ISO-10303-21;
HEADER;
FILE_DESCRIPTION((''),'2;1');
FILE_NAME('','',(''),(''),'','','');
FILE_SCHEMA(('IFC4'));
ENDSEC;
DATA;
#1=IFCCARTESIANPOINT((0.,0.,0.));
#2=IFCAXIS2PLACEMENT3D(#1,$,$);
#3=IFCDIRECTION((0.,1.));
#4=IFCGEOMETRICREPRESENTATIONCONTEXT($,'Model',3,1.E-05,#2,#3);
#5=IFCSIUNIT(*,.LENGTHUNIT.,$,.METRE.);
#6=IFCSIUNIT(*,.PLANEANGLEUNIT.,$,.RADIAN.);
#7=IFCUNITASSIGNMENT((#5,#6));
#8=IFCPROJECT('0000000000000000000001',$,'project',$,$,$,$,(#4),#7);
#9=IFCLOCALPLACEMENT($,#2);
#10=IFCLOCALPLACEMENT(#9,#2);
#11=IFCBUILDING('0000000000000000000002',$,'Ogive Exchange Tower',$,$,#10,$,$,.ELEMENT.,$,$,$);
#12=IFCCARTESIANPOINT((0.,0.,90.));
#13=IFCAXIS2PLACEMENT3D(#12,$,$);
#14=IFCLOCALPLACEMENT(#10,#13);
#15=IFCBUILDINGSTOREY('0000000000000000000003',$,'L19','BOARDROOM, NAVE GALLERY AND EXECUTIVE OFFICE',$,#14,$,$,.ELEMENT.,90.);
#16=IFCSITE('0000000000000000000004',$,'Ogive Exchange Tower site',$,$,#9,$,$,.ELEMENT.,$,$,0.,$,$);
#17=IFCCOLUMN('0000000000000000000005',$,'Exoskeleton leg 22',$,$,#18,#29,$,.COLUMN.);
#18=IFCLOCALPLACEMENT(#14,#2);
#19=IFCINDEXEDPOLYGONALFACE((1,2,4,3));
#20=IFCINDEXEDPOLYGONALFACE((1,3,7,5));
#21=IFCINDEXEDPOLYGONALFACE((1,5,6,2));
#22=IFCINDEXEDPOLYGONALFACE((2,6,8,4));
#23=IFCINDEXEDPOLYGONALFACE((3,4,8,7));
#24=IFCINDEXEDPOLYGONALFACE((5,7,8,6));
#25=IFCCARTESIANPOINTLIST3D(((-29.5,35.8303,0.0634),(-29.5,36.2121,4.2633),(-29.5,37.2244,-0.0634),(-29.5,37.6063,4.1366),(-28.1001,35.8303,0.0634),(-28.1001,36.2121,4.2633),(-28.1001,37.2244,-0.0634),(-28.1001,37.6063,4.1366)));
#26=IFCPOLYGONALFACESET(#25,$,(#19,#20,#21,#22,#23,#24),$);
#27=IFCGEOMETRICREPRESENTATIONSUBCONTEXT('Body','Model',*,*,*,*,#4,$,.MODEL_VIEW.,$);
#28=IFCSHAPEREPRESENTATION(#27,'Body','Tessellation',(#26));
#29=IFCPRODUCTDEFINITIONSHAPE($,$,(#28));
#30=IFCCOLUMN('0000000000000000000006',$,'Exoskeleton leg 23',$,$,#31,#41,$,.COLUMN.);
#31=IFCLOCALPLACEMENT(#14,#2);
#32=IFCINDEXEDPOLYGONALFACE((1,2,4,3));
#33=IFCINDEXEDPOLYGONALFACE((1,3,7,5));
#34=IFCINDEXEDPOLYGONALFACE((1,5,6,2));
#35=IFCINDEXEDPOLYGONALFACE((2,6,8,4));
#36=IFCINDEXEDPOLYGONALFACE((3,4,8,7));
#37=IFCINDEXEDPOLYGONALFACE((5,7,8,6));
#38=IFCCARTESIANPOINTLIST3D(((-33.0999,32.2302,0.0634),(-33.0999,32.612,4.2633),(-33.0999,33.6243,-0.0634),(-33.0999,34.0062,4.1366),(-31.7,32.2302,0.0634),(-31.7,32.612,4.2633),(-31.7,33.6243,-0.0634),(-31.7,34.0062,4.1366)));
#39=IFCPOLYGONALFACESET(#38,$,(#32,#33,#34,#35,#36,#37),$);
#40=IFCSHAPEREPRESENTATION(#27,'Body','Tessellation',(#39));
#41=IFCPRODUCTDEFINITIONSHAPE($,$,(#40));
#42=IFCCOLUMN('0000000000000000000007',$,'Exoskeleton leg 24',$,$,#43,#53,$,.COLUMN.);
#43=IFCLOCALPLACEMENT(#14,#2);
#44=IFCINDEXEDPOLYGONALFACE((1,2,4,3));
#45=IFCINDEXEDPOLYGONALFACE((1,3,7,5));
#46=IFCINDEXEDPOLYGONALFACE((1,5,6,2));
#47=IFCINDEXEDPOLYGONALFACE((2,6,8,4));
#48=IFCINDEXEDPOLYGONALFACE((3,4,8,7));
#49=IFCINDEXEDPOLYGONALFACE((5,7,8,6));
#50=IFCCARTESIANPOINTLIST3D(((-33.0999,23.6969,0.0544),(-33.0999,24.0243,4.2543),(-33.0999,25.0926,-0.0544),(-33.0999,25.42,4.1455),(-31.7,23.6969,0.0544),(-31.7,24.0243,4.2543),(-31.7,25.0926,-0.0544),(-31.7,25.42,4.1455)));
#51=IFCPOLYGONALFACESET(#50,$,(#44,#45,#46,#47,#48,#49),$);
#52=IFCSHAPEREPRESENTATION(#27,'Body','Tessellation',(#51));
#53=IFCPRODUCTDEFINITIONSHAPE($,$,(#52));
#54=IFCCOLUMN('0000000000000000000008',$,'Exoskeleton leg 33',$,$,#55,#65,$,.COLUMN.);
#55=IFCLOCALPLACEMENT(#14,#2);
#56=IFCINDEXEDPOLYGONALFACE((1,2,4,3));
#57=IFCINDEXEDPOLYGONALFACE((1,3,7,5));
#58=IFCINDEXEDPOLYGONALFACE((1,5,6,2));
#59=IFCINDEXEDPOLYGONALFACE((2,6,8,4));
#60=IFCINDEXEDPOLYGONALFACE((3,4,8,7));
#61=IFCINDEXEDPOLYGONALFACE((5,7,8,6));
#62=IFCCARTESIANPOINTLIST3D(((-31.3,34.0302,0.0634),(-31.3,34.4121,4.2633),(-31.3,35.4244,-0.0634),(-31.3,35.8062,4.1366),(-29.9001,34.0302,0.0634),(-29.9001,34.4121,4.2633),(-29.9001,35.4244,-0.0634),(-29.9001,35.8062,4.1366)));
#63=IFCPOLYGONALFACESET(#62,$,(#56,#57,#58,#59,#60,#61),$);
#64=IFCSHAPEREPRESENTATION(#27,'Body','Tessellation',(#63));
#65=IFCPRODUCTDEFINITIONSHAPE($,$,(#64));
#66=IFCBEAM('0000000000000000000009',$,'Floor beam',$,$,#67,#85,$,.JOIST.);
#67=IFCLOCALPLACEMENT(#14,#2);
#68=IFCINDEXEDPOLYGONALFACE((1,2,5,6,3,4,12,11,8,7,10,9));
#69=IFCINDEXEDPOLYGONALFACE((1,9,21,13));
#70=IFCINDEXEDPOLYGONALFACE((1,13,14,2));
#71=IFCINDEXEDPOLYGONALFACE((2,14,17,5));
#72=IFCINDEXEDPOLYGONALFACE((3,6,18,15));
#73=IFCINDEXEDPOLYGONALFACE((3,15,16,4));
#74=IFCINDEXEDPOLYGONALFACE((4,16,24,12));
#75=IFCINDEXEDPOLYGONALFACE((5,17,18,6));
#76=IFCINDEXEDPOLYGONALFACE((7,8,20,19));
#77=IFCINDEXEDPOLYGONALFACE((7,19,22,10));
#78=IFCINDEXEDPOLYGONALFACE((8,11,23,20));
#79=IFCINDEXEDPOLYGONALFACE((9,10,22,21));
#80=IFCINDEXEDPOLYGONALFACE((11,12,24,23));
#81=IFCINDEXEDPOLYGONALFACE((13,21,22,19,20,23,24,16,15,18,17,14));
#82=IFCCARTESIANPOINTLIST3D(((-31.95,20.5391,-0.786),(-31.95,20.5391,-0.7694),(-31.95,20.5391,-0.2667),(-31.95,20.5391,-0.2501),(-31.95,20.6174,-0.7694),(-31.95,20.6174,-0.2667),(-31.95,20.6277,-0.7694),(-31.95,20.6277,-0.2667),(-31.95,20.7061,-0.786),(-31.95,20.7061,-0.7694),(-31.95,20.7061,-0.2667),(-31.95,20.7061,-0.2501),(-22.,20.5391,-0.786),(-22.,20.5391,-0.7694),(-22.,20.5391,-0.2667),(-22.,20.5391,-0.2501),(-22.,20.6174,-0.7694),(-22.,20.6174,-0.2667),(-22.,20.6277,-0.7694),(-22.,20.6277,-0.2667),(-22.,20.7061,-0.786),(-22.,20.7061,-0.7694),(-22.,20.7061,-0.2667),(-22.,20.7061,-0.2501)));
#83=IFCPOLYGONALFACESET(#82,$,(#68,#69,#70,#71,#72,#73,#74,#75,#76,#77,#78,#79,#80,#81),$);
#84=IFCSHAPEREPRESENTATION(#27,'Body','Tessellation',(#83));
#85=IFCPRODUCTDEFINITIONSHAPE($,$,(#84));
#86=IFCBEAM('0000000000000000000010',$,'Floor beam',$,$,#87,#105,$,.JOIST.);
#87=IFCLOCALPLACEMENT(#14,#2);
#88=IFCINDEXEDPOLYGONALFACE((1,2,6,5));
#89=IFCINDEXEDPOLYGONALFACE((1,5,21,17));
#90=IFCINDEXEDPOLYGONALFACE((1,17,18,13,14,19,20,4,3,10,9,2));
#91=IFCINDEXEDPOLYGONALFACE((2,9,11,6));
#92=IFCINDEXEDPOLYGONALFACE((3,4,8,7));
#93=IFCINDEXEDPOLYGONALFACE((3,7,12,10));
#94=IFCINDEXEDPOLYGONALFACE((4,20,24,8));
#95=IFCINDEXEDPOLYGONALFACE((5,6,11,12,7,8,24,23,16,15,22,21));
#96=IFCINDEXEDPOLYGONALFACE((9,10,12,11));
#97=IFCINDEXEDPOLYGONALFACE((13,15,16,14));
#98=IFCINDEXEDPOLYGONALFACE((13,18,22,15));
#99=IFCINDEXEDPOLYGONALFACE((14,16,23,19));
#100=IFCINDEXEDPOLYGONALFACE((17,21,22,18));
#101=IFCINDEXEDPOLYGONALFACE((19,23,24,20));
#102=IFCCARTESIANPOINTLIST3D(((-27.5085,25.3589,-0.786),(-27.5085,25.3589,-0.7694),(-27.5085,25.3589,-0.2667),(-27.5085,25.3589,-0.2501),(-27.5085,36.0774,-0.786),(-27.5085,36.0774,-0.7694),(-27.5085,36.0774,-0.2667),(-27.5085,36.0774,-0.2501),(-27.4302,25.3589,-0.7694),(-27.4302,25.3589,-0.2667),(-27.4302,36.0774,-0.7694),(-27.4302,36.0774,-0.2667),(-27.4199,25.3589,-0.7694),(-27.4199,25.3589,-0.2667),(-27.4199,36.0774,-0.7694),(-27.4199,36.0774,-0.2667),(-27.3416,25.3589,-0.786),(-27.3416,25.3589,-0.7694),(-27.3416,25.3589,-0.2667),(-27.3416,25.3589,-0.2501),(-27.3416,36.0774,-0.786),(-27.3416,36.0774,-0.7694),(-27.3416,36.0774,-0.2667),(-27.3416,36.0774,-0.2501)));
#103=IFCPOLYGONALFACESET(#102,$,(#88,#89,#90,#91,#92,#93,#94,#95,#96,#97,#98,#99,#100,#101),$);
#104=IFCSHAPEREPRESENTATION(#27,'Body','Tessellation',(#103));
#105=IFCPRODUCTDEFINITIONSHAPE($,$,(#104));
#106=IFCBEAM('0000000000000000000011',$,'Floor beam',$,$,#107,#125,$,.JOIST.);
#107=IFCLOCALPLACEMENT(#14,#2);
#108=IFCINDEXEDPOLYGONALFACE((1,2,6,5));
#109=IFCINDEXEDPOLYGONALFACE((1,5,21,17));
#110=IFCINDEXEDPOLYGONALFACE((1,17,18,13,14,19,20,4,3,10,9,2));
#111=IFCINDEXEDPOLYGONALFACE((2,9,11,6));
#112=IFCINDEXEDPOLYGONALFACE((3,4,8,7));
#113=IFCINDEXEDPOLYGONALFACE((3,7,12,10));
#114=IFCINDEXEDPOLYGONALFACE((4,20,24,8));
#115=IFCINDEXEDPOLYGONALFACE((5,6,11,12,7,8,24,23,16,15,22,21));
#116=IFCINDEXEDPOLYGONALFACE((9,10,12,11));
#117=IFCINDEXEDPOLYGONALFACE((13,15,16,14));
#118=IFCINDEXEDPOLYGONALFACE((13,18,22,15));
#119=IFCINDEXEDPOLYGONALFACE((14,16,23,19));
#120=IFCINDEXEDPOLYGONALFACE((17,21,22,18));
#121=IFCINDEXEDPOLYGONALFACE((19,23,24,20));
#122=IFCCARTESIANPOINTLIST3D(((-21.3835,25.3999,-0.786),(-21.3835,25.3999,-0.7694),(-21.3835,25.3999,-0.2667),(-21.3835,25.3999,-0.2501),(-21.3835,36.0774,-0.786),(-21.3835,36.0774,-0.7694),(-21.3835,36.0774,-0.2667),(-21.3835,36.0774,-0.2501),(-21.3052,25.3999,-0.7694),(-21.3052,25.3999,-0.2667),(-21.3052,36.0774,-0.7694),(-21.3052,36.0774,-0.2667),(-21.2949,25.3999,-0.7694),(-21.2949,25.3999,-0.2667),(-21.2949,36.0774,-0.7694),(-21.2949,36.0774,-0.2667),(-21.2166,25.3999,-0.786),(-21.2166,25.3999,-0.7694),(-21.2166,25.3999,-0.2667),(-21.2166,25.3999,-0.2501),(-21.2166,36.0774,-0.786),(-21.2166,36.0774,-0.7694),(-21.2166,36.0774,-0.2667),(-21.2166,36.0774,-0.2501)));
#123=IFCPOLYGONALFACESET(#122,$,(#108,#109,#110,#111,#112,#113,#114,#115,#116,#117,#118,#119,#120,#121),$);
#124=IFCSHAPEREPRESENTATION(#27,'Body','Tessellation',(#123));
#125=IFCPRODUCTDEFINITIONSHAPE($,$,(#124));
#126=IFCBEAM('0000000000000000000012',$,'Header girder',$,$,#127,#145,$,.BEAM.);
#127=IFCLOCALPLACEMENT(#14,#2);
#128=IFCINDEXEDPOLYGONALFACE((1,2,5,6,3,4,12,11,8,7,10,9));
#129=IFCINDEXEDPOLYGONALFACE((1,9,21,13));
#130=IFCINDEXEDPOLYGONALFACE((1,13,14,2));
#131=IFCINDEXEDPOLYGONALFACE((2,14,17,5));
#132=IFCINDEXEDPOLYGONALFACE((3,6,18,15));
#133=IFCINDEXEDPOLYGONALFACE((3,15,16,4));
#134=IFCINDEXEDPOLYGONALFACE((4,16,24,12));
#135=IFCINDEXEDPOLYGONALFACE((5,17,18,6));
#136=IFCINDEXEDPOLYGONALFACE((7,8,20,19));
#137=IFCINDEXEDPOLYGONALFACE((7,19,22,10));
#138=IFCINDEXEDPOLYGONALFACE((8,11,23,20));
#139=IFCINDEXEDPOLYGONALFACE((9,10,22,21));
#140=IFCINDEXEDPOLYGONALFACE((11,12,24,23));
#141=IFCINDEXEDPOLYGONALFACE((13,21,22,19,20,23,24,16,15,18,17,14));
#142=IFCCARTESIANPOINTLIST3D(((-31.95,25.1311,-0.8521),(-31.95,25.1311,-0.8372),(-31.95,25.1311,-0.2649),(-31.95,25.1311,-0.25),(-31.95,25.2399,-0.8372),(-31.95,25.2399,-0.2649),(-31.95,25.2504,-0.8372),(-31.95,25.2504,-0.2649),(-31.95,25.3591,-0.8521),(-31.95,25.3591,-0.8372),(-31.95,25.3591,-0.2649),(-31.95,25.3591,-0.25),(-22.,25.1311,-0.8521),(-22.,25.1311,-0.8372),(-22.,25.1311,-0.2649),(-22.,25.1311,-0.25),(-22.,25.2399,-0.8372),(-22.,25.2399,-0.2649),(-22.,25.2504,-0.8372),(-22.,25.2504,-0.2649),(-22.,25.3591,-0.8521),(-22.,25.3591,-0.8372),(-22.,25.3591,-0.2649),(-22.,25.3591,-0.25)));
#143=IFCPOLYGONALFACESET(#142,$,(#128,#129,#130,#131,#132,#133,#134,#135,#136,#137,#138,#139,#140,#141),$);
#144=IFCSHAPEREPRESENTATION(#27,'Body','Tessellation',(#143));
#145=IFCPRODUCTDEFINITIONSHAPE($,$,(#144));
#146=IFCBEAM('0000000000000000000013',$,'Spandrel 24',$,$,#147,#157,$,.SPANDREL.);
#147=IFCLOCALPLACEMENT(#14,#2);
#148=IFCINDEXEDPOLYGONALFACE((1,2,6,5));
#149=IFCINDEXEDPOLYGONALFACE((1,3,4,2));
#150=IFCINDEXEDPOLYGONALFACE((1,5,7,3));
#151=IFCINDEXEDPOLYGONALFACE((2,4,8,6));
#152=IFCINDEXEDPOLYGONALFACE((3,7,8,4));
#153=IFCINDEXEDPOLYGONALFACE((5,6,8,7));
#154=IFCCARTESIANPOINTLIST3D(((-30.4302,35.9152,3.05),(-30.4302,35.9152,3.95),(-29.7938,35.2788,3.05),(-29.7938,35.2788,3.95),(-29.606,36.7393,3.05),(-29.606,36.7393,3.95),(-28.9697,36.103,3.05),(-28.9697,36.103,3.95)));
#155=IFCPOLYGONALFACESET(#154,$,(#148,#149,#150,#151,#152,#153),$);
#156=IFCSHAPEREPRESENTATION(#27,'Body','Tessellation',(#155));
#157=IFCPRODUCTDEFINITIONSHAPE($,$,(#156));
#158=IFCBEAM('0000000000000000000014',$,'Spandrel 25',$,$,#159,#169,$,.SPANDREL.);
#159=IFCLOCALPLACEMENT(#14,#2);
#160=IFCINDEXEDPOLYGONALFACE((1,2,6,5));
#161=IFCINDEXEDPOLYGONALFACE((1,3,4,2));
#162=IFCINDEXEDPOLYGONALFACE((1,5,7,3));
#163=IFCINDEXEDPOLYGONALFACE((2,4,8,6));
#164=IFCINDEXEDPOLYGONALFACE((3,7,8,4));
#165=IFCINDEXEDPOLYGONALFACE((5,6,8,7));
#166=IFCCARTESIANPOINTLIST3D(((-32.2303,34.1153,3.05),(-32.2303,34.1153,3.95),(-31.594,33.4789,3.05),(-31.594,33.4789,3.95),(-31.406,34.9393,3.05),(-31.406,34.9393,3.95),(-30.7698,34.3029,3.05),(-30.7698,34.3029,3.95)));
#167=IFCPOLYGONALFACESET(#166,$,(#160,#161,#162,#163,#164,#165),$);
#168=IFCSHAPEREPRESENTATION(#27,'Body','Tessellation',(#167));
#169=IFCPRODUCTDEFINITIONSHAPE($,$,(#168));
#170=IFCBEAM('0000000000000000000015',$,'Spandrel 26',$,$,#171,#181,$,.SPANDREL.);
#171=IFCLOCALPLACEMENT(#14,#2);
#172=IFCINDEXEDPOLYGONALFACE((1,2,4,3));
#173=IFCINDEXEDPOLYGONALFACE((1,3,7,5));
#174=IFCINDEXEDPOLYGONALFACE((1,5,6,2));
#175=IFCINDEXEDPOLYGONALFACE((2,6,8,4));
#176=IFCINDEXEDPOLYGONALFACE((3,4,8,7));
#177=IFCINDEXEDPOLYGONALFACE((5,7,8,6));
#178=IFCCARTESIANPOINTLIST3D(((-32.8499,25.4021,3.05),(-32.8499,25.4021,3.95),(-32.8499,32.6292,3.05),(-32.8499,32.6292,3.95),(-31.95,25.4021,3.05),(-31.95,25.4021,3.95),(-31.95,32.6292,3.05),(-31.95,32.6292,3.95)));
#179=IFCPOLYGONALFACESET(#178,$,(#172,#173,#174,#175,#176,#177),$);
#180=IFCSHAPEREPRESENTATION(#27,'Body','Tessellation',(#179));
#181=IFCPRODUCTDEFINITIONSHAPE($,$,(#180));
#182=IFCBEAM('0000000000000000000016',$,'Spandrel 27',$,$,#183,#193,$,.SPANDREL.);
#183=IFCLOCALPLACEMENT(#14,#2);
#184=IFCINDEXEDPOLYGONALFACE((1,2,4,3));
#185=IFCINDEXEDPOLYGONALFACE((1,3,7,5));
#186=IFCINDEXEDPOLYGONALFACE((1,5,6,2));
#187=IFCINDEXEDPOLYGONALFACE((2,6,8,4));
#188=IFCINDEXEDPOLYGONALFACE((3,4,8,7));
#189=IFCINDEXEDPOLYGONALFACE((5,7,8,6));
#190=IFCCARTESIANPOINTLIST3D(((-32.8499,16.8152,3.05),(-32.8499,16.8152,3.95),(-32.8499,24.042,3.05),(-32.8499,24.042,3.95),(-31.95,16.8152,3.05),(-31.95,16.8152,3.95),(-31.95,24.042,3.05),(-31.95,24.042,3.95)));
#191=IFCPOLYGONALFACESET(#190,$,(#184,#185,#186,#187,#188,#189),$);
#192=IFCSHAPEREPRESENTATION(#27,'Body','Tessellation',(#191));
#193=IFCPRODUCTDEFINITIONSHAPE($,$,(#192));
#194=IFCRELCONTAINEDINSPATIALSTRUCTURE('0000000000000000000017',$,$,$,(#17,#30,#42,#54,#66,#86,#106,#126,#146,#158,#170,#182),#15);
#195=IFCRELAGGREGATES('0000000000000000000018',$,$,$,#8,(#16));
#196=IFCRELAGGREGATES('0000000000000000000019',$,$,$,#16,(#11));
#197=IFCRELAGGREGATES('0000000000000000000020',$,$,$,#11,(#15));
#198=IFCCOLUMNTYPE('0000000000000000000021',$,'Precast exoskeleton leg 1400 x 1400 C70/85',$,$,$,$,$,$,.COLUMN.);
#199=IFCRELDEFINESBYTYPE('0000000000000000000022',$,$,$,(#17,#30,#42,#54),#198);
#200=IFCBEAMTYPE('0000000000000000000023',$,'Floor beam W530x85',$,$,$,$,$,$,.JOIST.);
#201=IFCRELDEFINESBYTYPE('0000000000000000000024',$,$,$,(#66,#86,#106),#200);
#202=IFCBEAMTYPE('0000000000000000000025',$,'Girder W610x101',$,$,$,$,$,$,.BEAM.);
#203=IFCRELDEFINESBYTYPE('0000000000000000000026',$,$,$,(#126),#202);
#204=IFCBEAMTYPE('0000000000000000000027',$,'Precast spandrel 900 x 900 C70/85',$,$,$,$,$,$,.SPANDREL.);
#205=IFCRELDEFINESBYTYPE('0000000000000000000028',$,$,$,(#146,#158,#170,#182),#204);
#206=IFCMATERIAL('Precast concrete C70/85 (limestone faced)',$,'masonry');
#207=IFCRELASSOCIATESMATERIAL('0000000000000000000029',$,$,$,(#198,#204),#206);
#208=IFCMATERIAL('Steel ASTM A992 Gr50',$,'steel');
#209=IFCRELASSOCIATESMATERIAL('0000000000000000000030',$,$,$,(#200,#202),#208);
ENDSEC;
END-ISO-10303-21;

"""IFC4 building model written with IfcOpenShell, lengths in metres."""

from ifc_helpers import new_model, si_unit, direction, frame, origin, origin_2d, place, context, subcontext, project, spatial, rectangle, i_section, extrude, material, material_profile, profile_set, type_object, element, save


model = new_model("IFC4")

# Units and contexts
model_context = context("Model", 3, precision=1e-05, world=origin(), true_north=direction((0.0, 1.0)))
body_context = subcontext(model_context, "Body", "Model", "MODEL_VIEW")
ifc_project = project(units=[si_unit("LENGTHUNIT", "METRE"), si_unit("PLANEANGLEUNIT", "RADIAN")], contexts=[model_context])

# Site, building, storey
site_placement = place(None, origin())
site = spatial("IfcSite", under=ifc_project, at=site_placement, Name="Ogive Exchange Tower site", CompositionType="ELEMENT", RefElevation=0.0)
building_placement = place(site_placement, origin())
building = spatial("IfcBuilding", under=site, at=building_placement, Name="Ogive Exchange Tower", CompositionType="ELEMENT")
storey_placement = place(building_placement, frame((0.0, 0.0, 90.0)))
storey = spatial("IfcBuildingStorey", under=building, at=storey_placement, Name="L19", Description="BOARDROOM, NAVE GALLERY AND EXECUTIVE OFFICE", CompositionType="ELEMENT", Elevation=90.0)

# Columns
ifc_material_1 = material(Name="Precast concrete C70/85 (limestone faced)", Category="masonry")
ifc_material_profile_1 = material_profile(ifc_material_1, rectangle(XDim=1.3999, YDim=1.3999, at=origin_2d()), Name="1400 x 1400")
ifc_profile_set_1 = profile_set([ifc_material_profile_1], Name="Precast concrete C70/85 (limestone faced)")
column_type = type_object("IfcColumnType", Name="Precast exoskeleton leg 1400 x 1400 C70/85", PredefinedType="COLUMN", material=ifc_profile_set_1)
for number, where, z_axis, x_axis, name in (
    (1, (-28.8, 36.5273, 0.0), (0.0, 0.090541, 0.995893), (-1.0, 0.0, 0.0), "Exoskeleton leg 22"),
    (2, (-32.3999, 32.9272, 0.0), (0.0, 0.090541, 0.995893), (-1.0, 0.0, 0.0), "Exoskeleton leg 23"),
):
    element("IfcColumn", number, at=place(storey_placement, frame(where, z_axis=z_axis, x_axis=x_axis)), inside=storey, type_object=column_type, Name=name, PredefinedType="COLUMN", context=body_context, shape_type="SweptSolid", body=[
        extrude(rectangle(XDim=1.3999, YDim=1.3999, at=origin_2d()), origin(), (0.0, 0.0, 1.0), 4.2173),
    ])
column_1_placement = place(storey_placement, frame((-32.3999, 24.3948, 0.0), z_axis=(0.0, 0.077716, 0.996976), x_axis=(-1.0, 0.0, 0.0)))
element("IfcColumn", 3, at=column_1_placement, inside=storey, type_object=column_type, Name="Exoskeleton leg 24", PredefinedType="COLUMN", context=body_context, shape_type="SweptSolid", body=[
    extrude(rectangle(XDim=1.3999, YDim=1.3999, at=origin_2d()), origin(), (0.0, 0.0, 1.0), 4.2126),
])
column_2_placement = place(storey_placement, frame((-30.6001, 34.7273, 0.0), z_axis=(0.0, 0.090541, 0.995893), x_axis=(-1.0, 0.0, 0.0)))
element("IfcColumn", 4, at=column_2_placement, inside=storey, type_object=column_type, Name="Exoskeleton leg 33", PredefinedType="COLUMN", context=body_context, shape_type="SweptSolid", body=[
    extrude(rectangle(XDim=1.3999, YDim=1.3999, at=origin_2d()), origin(), (0.0, 0.0, 1.0), 4.2173),
])

# Beams
ifc_material_2 = material(Name="Steel ASTM A992 Gr50", Category="steel")
ifc_material_profile_2 = material_profile(ifc_material_2, i_section(OverallWidth=0.167, OverallDepth=0.5359, WebThickness=0.0103, FlangeThickness=0.0166, at=origin_2d()), Name="W530x85")
ifc_profile_set_2 = profile_set([ifc_material_profile_2], Name="Steel ASTM A992 Gr50")
beam_type_1 = type_object("IfcBeamType", Name="Floor beam W530x85", PredefinedType="JOIST", material=ifc_profile_set_2)
beam_1_placement = place(storey_placement, frame((-31.95, 20.6226, -0.5181), z_axis=(1.0, 0.0, 0.0), x_axis=(0.0, 1.0, 0.0)))
element("IfcBeam", 5, at=beam_1_placement, inside=storey, type_object=beam_type_1, Name="Floor beam", PredefinedType="JOIST", context=body_context, shape_type="SweptSolid", body=[
    extrude(i_section(OverallWidth=0.167, OverallDepth=0.5359, WebThickness=0.0103, FlangeThickness=0.0166, at=origin_2d()), origin(), (0.0, 0.0, 1.0), 9.95),
])
beam_2_placement = place(storey_placement, frame((-27.425, 25.3589, -0.5181), z_axis=(0.0, 1.0, 0.0), x_axis=(-1.0, 0.0, 0.0)))
element("IfcBeam", 6, at=beam_2_placement, inside=storey, type_object=beam_type_1, Name="Floor beam", PredefinedType="JOIST", context=body_context, shape_type="SweptSolid", body=[
    extrude(i_section(OverallWidth=0.167, OverallDepth=0.5359, WebThickness=0.0103, FlangeThickness=0.0166, at=origin_2d()), origin(), (0.0, 0.0, 1.0), 10.7185),
])
beam_3_placement = place(storey_placement, frame((-21.3, 25.3999, -0.5181), z_axis=(0.0, 1.0, 0.0), x_axis=(-1.0, 0.0, 0.0)))
element("IfcBeam", 7, at=beam_3_placement, inside=storey, type_object=beam_type_1, Name="Floor beam", PredefinedType="JOIST", context=body_context, shape_type="SweptSolid", body=[
    extrude(i_section(OverallWidth=0.167, OverallDepth=0.5359, WebThickness=0.0103, FlangeThickness=0.0166, at=origin_2d()), origin(), (0.0, 0.0, 1.0), 10.6775),
])
ifc_material_profile_3 = material_profile(ifc_material_2, i_section(OverallWidth=0.228, OverallDepth=0.6021, WebThickness=0.0105, FlangeThickness=0.0149, at=origin_2d()), Name="W610x101")
ifc_profile_set_3 = profile_set([ifc_material_profile_3], Name="Steel ASTM A992 Gr50")
beam_type_2 = type_object("IfcBeamType", Name="Girder W610x101", PredefinedType="BEAM", material=ifc_profile_set_3)
beam_4_placement = place(storey_placement, frame((-31.95, 25.2451, -0.551), z_axis=(1.0, 0.0, 0.0), x_axis=(0.0, 1.0, 0.0)))
element("IfcBeam", 8, at=beam_4_placement, inside=storey, type_object=beam_type_2, Name="Header girder", PredefinedType="BEAM", context=body_context, shape_type="SweptSolid", body=[
    extrude(i_section(OverallWidth=0.228, OverallDepth=0.6021, WebThickness=0.0105, FlangeThickness=0.0149, at=origin_2d()), origin(), (0.0, 0.0, 1.0), 9.95),
])
ifc_material_profile_4 = material_profile(ifc_material_1, rectangle(XDim=0.8999, YDim=0.8999, at=origin_2d()), Name="900 x 900")
ifc_profile_set_4 = profile_set([ifc_material_profile_4], Name="Precast concrete C70/85 (limestone faced)")
beam_type_3 = type_object("IfcBeamType", Name="Precast spandrel 900 x 900 C70/85", PredefinedType="SPANDREL", material=ifc_profile_set_4)
for number, where, z_axis, x_axis, name in (
    (9, (-29.2878, 36.4211, 3.5), (-0.707107, -0.707107, 0.0), (0.707107, -0.707107, 0.0), "Spandrel 24"),
    (10, (-31.0879, 34.6211, 3.5), (-0.707212, -0.707002, 0.0), (0.707002, -0.707212, 0.0), "Spandrel 25"),
):
    element("IfcBeam", number, at=place(storey_placement, frame(where, z_axis=z_axis, x_axis=x_axis)), inside=storey, type_object=beam_type_3, Name=name, PredefinedType="SPANDREL", context=body_context, shape_type="SweptSolid", body=[
        extrude(rectangle(XDim=0.8999, YDim=0.8999, at=origin_2d()), origin(), (0.0, 0.0, 1.0), 1.1655),
    ])
beam_5_placement = place(storey_placement, frame((-32.3999, 32.6292, 3.5), z_axis=(0.0, -1.0, 0.0), x_axis=(1.0, 0.0, 0.0)))
element("IfcBeam", 11, at=beam_5_placement, inside=storey, type_object=beam_type_3, Name="Spandrel 26", PredefinedType="SPANDREL", context=body_context, shape_type="SweptSolid", body=[
    extrude(rectangle(XDim=0.8999, YDim=0.8999, at=origin_2d()), origin(), (0.0, 0.0, 1.0), 7.2271),
])
beam_6_placement = place(storey_placement, frame((-32.3999, 24.042, 3.5), z_axis=(0.0, -1.0, 0.0), x_axis=(1.0, 0.0, 0.0)))
element("IfcBeam", 12, at=beam_6_placement, inside=storey, type_object=beam_type_3, Name="Spandrel 27", PredefinedType="SPANDREL", context=body_context, shape_type="SweptSolid", body=[
    extrude(rectangle(XDim=0.8999, YDim=0.8999, at=origin_2d()), origin(), (0.0, 0.0, 1.0), 7.2268),
])

save(model, "model.ifc")
